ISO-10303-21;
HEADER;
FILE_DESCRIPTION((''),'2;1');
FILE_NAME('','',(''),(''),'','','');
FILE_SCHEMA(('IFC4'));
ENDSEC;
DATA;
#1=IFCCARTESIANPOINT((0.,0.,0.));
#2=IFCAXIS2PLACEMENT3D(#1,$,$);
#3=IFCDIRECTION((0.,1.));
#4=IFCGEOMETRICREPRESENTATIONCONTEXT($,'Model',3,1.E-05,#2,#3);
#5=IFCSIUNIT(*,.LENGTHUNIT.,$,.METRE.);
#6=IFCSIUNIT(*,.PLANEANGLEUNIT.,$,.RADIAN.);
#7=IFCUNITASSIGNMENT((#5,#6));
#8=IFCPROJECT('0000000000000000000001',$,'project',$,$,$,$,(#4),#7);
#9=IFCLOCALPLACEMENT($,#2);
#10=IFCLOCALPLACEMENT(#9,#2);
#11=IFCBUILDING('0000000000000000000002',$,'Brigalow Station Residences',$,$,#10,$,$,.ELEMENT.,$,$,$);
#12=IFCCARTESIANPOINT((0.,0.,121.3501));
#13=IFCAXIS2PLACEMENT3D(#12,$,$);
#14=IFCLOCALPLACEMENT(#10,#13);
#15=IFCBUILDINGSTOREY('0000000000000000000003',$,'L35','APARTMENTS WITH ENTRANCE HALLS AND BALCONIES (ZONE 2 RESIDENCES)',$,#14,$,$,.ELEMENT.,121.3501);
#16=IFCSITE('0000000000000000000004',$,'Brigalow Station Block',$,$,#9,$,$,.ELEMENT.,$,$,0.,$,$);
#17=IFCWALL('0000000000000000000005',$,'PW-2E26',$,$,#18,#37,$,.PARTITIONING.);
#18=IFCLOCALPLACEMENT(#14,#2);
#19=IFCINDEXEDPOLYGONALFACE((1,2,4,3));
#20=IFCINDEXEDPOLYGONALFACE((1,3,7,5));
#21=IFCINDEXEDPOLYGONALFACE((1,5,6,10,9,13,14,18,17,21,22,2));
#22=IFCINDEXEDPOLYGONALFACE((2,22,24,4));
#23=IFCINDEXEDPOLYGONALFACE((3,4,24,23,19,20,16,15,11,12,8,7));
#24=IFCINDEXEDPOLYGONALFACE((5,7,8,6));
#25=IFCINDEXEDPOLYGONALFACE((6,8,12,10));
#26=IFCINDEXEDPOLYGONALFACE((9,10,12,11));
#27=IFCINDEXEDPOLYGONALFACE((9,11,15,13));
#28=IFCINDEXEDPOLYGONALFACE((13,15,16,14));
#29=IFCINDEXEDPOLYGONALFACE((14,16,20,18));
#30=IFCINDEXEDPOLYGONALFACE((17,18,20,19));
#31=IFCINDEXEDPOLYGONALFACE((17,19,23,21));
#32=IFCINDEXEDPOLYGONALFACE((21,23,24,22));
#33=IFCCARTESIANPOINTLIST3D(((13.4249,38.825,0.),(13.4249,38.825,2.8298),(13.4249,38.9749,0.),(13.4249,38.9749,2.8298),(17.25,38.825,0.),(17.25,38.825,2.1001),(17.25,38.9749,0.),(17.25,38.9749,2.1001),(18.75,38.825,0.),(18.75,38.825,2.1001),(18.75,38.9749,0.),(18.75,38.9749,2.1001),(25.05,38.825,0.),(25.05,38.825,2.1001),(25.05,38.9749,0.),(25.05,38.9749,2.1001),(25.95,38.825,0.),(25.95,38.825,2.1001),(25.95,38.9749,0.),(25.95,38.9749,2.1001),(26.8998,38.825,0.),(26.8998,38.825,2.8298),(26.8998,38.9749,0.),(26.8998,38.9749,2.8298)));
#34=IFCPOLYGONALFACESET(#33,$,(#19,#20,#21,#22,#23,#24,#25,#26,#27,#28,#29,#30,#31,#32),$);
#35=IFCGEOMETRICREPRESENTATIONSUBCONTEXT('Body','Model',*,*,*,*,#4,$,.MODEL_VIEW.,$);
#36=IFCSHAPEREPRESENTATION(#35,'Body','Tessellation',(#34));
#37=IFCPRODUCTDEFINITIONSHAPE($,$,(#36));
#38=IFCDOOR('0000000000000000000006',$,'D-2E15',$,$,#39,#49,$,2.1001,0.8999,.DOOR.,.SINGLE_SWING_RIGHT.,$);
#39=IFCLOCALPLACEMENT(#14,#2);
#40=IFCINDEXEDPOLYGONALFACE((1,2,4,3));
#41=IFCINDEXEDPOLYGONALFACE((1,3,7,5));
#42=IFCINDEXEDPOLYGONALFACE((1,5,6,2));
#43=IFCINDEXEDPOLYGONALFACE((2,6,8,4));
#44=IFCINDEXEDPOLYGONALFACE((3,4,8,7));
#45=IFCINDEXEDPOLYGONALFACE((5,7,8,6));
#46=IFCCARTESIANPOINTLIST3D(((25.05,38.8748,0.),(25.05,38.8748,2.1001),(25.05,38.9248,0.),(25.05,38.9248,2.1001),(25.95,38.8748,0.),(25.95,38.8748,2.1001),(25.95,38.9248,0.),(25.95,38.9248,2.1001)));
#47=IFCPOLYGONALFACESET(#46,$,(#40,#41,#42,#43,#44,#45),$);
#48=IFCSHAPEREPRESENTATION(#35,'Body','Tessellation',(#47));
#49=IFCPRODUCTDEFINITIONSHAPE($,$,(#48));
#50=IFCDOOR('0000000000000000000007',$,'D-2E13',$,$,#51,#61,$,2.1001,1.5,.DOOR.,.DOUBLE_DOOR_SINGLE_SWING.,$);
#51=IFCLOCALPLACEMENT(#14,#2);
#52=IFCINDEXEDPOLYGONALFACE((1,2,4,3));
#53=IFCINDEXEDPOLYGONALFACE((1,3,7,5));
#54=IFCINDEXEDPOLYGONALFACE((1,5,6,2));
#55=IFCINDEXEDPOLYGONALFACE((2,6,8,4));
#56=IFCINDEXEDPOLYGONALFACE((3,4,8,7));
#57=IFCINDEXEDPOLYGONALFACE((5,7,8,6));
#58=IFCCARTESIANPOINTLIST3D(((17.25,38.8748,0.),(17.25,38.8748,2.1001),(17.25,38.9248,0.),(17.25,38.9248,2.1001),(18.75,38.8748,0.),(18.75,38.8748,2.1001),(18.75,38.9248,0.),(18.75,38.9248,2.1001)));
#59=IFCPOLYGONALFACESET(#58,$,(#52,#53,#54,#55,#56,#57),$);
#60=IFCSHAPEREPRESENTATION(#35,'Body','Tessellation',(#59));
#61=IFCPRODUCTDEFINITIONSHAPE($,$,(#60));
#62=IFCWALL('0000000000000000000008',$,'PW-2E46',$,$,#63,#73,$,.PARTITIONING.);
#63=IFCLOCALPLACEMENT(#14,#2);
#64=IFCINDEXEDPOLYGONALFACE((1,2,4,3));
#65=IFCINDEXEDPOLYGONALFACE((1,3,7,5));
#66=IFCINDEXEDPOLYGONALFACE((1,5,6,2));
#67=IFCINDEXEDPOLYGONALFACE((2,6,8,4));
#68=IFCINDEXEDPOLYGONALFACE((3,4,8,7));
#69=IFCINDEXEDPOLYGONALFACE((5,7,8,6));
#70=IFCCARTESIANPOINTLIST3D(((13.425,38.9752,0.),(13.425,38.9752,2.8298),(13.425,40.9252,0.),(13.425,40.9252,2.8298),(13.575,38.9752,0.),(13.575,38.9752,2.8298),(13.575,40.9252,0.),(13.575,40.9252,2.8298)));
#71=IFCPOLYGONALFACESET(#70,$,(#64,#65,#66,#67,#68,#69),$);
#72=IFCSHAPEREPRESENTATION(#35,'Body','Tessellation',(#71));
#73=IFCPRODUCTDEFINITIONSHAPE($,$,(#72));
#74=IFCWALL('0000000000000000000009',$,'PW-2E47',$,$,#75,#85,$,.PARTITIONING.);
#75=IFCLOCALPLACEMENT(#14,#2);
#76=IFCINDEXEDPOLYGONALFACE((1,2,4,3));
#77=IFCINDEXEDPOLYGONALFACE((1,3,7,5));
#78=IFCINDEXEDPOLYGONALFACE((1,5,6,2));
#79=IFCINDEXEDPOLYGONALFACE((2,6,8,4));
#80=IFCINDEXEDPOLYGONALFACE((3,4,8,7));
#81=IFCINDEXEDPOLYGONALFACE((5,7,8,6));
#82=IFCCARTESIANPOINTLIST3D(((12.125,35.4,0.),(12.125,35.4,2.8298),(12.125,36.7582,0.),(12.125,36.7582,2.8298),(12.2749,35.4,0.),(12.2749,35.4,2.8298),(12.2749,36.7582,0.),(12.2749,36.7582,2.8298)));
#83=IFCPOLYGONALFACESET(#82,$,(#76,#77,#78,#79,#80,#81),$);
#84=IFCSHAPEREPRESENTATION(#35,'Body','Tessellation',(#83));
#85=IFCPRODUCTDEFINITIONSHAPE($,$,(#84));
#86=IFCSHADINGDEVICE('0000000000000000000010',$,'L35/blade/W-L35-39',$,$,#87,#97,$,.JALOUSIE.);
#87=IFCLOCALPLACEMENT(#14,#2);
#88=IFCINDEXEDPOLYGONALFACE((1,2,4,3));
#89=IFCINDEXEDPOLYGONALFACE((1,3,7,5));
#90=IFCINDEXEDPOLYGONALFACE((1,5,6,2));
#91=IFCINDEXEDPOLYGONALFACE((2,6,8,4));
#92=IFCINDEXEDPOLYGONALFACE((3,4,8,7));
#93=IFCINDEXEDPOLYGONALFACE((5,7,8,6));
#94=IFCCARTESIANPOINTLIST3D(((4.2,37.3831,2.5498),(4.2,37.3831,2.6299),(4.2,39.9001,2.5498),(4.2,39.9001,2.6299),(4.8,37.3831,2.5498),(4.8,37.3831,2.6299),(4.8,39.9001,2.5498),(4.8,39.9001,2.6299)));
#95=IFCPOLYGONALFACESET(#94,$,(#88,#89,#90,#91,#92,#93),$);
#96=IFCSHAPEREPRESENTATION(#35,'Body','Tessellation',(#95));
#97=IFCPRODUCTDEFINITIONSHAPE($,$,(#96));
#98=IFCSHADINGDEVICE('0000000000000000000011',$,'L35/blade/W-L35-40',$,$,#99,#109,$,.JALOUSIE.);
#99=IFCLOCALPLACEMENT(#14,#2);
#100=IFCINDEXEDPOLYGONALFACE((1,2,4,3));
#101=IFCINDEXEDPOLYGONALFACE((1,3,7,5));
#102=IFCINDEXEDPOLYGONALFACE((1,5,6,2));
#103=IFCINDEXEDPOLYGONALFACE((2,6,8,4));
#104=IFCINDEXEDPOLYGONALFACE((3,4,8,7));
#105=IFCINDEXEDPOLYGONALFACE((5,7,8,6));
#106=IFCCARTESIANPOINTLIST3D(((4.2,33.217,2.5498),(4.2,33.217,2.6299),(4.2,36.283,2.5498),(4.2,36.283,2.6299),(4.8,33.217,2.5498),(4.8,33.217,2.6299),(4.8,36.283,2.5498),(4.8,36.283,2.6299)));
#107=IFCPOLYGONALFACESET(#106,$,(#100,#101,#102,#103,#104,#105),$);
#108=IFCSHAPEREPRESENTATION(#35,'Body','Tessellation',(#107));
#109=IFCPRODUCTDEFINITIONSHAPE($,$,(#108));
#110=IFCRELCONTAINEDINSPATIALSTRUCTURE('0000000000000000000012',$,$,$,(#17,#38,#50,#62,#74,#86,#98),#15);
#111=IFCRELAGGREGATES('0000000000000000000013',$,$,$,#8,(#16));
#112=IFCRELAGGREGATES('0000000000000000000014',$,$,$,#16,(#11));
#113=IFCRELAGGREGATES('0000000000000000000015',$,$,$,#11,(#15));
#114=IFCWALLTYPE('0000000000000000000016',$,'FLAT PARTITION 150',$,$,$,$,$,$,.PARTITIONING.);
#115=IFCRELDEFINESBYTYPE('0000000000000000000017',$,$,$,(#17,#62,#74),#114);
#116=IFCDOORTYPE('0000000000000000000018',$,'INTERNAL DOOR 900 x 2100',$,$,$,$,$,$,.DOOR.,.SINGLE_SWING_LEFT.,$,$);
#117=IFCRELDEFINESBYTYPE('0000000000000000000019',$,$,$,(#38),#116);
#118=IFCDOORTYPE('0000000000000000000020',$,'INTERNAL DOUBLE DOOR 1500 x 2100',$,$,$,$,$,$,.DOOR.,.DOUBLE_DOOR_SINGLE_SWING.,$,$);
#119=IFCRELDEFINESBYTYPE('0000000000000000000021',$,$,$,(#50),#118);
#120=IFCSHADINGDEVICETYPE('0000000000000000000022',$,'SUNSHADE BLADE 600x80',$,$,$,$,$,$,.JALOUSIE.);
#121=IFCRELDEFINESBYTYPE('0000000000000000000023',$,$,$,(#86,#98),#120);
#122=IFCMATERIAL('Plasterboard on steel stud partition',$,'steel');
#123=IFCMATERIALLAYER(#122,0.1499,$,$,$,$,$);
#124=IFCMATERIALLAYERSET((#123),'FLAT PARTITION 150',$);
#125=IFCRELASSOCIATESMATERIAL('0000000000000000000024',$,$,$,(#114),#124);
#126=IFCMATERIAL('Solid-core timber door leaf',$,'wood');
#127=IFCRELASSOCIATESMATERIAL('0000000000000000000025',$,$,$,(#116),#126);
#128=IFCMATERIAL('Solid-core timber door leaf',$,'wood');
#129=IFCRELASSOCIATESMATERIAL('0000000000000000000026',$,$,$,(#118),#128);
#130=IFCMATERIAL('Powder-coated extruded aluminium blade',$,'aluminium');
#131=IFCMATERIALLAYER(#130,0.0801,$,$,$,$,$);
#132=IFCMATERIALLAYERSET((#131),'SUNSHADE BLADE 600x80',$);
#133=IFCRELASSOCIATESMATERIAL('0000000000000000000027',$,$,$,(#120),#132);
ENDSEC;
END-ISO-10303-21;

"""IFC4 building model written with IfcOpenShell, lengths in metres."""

from ifc_helpers import new_model, si_unit, direction, frame, frame_2d, origin, origin_2d, place, context, subcontext, project, spatial, rectangle, extrude, material, layer, layer_set, type_object, element, fill, save


model = new_model("IFC4")

# Units and contexts
model_context = context("Model", 3, precision=1e-05, world=origin(), true_north=direction((0.0, 1.0)))
body_context = subcontext(model_context, "Body", "Model", "MODEL_VIEW")
ifc_project = project(units=[si_unit("LENGTHUNIT", "METRE"), si_unit("PLANEANGLEUNIT", "RADIAN")], contexts=[model_context])

# Site, building, storey
site_placement = place(None, origin())
site = spatial("IfcSite", under=ifc_project, at=site_placement, Name="Brigalow Station Block", CompositionType="ELEMENT", RefElevation=0.0)
building_placement = place(site_placement, origin())
building = spatial("IfcBuilding", under=site, at=building_placement, Name="Brigalow Station Residences", CompositionType="ELEMENT")
storey_placement = place(building_placement, frame((0.0, 0.0, 121.3501)))
storey = spatial("IfcBuildingStorey", under=building, at=storey_placement, Name="L35", Description="APARTMENTS WITH ENTRANCE HALLS AND BALCONIES (ZONE 2 RESIDENCES)", CompositionType="ELEMENT", Elevation=121.3501)

# Shared definitions
ifc_material_1 = material(Name="Plasterboard on steel stud partition", Category="steel")
ifc_layer_1 = layer(ifc_material_1, 0.1499)
ifc_layer_set_1 = layer_set([ifc_layer_1], Name="FLAT PARTITION 150")
wall_type_1 = type_object("IfcWallType", Name="FLAT PARTITION 150", PredefinedType="PARTITIONING", material=ifc_layer_set_1)
ifc_material_2 = material(Name="Solid-core timber door leaf", Category="wood")
door_type_1 = type_object("IfcDoorType", Name="INTERNAL DOOR 900 x 2100", OperationType="SINGLE_SWING_LEFT", PredefinedType="DOOR", material=ifc_material_2)

# Wall, openings, doors
wall_1_placement = place(storey_placement, frame((13.425, 38.8999, 0.0), z_axis=(0.0, 0.0, 1.0), x_axis=(1.0, 0.0, 0.0)))
wall_1 = element("IfcWall", 1, at=wall_1_placement, inside=storey, type_object=wall_type_1, Name="PW-2E26", PredefinedType="PARTITIONING", context=body_context, shape_type="SweptSolid", body=[
    extrude(rectangle(XDim=13.4749, YDim=0.1499, at=frame_2d((6.7373, 0.0))), origin(), (0.0, 0.0, 1.0), 2.8298),
])
opening_1_placement = place(wall_1_placement, frame((3.825, 0.0, 0.0)))
opening_1 = element("IfcOpeningElement", 2, at=opening_1_placement, cuts=wall_1, PredefinedType="OPENING", context=body_context, shape_type="SweptSolid", body=[
    extrude(rectangle(XDim=1.5, YDim=2.1001, at=frame_2d((0.75, 1.05))), frame((0.0, 0.085, 0.0), z_axis=(0.0, -1.0, 0.0), x_axis=(1.0, 0.0, 0.0)), (0.0, 0.0, 1.0), 0.1699),
])
opening_2_placement = place(wall_1_placement, frame((11.625, 0.0, 0.0)))
opening_2 = element("IfcOpeningElement", 3, at=opening_2_placement, cuts=wall_1, PredefinedType="OPENING", context=body_context, shape_type="SweptSolid", body=[
    extrude(rectangle(XDim=0.8999, YDim=2.1001, at=frame_2d((0.45, 1.05))), frame((0.0, 0.085, 0.0), z_axis=(0.0, -1.0, 0.0), x_axis=(1.0, 0.0, 0.0)), (0.0, 0.0, 1.0), 0.1699),
])
door_1_placement = place(opening_2_placement, origin())
door_1 = element("IfcDoor", 4, at=door_1_placement, inside=storey, type_object=door_type_1, Name="D-2E15", OperationType="SINGLE_SWING_RIGHT", OverallHeight=2.1001, OverallWidth=0.8999, PredefinedType="DOOR", context=body_context, shape_type="SweptSolid", body=[
    extrude(rectangle(XDim=0.8999, YDim=2.1001, at=frame_2d((0.45, 1.05))), frame((0.0, 0.0249, 0.0), z_axis=(0.0, -1.0, 0.0), x_axis=(1.0, 0.0, 0.0)), (0.0, 0.0, 1.0), 0.05),
])
fill(opening_2, door_1)
ifc_material_3 = material(Name="Solid-core timber door leaf", Category="wood")
door_type_2 = type_object("IfcDoorType", Name="INTERNAL DOUBLE DOOR 1500 x 2100", OperationType="DOUBLE_DOOR_SINGLE_SWING", PredefinedType="DOOR", material=ifc_material_3)
door_2_placement = place(opening_1_placement, origin())
door_2 = element("IfcDoor", 5, at=door_2_placement, inside=storey, type_object=door_type_2, Name="D-2E13", OperationType="DOUBLE_DOOR_SINGLE_SWING", OverallHeight=2.1001, OverallWidth=1.5, PredefinedType="DOOR", context=body_context, shape_type="SweptSolid", body=[
    extrude(rectangle(XDim=1.5, YDim=2.1001, at=frame_2d((0.75, 1.05))), frame((0.0, 0.0249, 0.0), z_axis=(0.0, -1.0, 0.0), x_axis=(1.0, 0.0, 0.0)), (0.0, 0.0, 1.0), 0.05),
])
fill(opening_1, door_2)

# Walls
wall_2_placement = place(storey_placement, frame((13.5, 38.9751, 0.0), z_axis=(0.0, 0.0, 1.0), x_axis=(0.0, 1.0, 0.0)))
element("IfcWall", 6, at=wall_2_placement, inside=storey, type_object=wall_type_1, Name="PW-2E46", PredefinedType="PARTITIONING", context=body_context, shape_type="SweptSolid", body=[
    extrude(rectangle(XDim=1.95, YDim=0.1499, at=frame_2d((0.9751, 0.0))), origin(), (0.0, 0.0, 1.0), 2.8298),
])
wall_3_placement = place(storey_placement, frame((12.2, 35.3999, 0.0), z_axis=(0.0, 0.0, 1.0), x_axis=(0.0, 1.0, 0.0)))
element("IfcWall", 7, at=wall_3_placement, inside=storey, type_object=wall_type_1, Name="PW-2E47", PredefinedType="PARTITIONING", context=body_context, shape_type="SweptSolid", body=[
    extrude(rectangle(XDim=1.3582, YDim=0.1499, at=frame_2d((0.6792, 0.0))), origin(), (0.0, 0.0, 1.0), 2.8298),
])

# Shading devices
ifc_material_4 = material(Name="Powder-coated extruded aluminium blade", Category="aluminium")
ifc_layer_2 = layer(ifc_material_4, 0.0801)
ifc_layer_set_2 = layer_set([ifc_layer_2], Name="SUNSHADE BLADE 600x80")
shading_device_type = type_object("IfcShadingDeviceType", Name="SUNSHADE BLADE 600x80", PredefinedType="JALOUSIE", material=ifc_layer_set_2)
shading_device_1_placement = place(storey_placement, frame((4.5, 38.6416, 2.5498), z_axis=(0.0, 0.0, 1.0), x_axis=(0.0, -1.0, 0.0)))
element("IfcShadingDevice", 8, at=shading_device_1_placement, inside=storey, type_object=shading_device_type, Name="L35/blade/W-L35-39", PredefinedType="JALOUSIE", context=body_context, shape_type="SweptSolid", body=[
    extrude(rectangle(XDim=2.5171, YDim=0.6001, at=origin_2d()), origin(), (0.0, 0.0, 1.0), 0.0801),
])
shading_device_2_placement = place(storey_placement, frame((4.5, 34.75, 2.5498), z_axis=(0.0, 0.0, 1.0), x_axis=(0.0, -1.0, 0.0)))
element("IfcShadingDevice", 9, at=shading_device_2_placement, inside=storey, type_object=shading_device_type, Name="L35/blade/W-L35-40", PredefinedType="JALOUSIE", context=body_context, shape_type="SweptSolid", body=[
    extrude(rectangle(XDim=3.0659, YDim=0.6001, at=origin_2d()), origin(), (0.0, 0.0, 1.0), 0.0801),
])

save(model, "model.ifc")
